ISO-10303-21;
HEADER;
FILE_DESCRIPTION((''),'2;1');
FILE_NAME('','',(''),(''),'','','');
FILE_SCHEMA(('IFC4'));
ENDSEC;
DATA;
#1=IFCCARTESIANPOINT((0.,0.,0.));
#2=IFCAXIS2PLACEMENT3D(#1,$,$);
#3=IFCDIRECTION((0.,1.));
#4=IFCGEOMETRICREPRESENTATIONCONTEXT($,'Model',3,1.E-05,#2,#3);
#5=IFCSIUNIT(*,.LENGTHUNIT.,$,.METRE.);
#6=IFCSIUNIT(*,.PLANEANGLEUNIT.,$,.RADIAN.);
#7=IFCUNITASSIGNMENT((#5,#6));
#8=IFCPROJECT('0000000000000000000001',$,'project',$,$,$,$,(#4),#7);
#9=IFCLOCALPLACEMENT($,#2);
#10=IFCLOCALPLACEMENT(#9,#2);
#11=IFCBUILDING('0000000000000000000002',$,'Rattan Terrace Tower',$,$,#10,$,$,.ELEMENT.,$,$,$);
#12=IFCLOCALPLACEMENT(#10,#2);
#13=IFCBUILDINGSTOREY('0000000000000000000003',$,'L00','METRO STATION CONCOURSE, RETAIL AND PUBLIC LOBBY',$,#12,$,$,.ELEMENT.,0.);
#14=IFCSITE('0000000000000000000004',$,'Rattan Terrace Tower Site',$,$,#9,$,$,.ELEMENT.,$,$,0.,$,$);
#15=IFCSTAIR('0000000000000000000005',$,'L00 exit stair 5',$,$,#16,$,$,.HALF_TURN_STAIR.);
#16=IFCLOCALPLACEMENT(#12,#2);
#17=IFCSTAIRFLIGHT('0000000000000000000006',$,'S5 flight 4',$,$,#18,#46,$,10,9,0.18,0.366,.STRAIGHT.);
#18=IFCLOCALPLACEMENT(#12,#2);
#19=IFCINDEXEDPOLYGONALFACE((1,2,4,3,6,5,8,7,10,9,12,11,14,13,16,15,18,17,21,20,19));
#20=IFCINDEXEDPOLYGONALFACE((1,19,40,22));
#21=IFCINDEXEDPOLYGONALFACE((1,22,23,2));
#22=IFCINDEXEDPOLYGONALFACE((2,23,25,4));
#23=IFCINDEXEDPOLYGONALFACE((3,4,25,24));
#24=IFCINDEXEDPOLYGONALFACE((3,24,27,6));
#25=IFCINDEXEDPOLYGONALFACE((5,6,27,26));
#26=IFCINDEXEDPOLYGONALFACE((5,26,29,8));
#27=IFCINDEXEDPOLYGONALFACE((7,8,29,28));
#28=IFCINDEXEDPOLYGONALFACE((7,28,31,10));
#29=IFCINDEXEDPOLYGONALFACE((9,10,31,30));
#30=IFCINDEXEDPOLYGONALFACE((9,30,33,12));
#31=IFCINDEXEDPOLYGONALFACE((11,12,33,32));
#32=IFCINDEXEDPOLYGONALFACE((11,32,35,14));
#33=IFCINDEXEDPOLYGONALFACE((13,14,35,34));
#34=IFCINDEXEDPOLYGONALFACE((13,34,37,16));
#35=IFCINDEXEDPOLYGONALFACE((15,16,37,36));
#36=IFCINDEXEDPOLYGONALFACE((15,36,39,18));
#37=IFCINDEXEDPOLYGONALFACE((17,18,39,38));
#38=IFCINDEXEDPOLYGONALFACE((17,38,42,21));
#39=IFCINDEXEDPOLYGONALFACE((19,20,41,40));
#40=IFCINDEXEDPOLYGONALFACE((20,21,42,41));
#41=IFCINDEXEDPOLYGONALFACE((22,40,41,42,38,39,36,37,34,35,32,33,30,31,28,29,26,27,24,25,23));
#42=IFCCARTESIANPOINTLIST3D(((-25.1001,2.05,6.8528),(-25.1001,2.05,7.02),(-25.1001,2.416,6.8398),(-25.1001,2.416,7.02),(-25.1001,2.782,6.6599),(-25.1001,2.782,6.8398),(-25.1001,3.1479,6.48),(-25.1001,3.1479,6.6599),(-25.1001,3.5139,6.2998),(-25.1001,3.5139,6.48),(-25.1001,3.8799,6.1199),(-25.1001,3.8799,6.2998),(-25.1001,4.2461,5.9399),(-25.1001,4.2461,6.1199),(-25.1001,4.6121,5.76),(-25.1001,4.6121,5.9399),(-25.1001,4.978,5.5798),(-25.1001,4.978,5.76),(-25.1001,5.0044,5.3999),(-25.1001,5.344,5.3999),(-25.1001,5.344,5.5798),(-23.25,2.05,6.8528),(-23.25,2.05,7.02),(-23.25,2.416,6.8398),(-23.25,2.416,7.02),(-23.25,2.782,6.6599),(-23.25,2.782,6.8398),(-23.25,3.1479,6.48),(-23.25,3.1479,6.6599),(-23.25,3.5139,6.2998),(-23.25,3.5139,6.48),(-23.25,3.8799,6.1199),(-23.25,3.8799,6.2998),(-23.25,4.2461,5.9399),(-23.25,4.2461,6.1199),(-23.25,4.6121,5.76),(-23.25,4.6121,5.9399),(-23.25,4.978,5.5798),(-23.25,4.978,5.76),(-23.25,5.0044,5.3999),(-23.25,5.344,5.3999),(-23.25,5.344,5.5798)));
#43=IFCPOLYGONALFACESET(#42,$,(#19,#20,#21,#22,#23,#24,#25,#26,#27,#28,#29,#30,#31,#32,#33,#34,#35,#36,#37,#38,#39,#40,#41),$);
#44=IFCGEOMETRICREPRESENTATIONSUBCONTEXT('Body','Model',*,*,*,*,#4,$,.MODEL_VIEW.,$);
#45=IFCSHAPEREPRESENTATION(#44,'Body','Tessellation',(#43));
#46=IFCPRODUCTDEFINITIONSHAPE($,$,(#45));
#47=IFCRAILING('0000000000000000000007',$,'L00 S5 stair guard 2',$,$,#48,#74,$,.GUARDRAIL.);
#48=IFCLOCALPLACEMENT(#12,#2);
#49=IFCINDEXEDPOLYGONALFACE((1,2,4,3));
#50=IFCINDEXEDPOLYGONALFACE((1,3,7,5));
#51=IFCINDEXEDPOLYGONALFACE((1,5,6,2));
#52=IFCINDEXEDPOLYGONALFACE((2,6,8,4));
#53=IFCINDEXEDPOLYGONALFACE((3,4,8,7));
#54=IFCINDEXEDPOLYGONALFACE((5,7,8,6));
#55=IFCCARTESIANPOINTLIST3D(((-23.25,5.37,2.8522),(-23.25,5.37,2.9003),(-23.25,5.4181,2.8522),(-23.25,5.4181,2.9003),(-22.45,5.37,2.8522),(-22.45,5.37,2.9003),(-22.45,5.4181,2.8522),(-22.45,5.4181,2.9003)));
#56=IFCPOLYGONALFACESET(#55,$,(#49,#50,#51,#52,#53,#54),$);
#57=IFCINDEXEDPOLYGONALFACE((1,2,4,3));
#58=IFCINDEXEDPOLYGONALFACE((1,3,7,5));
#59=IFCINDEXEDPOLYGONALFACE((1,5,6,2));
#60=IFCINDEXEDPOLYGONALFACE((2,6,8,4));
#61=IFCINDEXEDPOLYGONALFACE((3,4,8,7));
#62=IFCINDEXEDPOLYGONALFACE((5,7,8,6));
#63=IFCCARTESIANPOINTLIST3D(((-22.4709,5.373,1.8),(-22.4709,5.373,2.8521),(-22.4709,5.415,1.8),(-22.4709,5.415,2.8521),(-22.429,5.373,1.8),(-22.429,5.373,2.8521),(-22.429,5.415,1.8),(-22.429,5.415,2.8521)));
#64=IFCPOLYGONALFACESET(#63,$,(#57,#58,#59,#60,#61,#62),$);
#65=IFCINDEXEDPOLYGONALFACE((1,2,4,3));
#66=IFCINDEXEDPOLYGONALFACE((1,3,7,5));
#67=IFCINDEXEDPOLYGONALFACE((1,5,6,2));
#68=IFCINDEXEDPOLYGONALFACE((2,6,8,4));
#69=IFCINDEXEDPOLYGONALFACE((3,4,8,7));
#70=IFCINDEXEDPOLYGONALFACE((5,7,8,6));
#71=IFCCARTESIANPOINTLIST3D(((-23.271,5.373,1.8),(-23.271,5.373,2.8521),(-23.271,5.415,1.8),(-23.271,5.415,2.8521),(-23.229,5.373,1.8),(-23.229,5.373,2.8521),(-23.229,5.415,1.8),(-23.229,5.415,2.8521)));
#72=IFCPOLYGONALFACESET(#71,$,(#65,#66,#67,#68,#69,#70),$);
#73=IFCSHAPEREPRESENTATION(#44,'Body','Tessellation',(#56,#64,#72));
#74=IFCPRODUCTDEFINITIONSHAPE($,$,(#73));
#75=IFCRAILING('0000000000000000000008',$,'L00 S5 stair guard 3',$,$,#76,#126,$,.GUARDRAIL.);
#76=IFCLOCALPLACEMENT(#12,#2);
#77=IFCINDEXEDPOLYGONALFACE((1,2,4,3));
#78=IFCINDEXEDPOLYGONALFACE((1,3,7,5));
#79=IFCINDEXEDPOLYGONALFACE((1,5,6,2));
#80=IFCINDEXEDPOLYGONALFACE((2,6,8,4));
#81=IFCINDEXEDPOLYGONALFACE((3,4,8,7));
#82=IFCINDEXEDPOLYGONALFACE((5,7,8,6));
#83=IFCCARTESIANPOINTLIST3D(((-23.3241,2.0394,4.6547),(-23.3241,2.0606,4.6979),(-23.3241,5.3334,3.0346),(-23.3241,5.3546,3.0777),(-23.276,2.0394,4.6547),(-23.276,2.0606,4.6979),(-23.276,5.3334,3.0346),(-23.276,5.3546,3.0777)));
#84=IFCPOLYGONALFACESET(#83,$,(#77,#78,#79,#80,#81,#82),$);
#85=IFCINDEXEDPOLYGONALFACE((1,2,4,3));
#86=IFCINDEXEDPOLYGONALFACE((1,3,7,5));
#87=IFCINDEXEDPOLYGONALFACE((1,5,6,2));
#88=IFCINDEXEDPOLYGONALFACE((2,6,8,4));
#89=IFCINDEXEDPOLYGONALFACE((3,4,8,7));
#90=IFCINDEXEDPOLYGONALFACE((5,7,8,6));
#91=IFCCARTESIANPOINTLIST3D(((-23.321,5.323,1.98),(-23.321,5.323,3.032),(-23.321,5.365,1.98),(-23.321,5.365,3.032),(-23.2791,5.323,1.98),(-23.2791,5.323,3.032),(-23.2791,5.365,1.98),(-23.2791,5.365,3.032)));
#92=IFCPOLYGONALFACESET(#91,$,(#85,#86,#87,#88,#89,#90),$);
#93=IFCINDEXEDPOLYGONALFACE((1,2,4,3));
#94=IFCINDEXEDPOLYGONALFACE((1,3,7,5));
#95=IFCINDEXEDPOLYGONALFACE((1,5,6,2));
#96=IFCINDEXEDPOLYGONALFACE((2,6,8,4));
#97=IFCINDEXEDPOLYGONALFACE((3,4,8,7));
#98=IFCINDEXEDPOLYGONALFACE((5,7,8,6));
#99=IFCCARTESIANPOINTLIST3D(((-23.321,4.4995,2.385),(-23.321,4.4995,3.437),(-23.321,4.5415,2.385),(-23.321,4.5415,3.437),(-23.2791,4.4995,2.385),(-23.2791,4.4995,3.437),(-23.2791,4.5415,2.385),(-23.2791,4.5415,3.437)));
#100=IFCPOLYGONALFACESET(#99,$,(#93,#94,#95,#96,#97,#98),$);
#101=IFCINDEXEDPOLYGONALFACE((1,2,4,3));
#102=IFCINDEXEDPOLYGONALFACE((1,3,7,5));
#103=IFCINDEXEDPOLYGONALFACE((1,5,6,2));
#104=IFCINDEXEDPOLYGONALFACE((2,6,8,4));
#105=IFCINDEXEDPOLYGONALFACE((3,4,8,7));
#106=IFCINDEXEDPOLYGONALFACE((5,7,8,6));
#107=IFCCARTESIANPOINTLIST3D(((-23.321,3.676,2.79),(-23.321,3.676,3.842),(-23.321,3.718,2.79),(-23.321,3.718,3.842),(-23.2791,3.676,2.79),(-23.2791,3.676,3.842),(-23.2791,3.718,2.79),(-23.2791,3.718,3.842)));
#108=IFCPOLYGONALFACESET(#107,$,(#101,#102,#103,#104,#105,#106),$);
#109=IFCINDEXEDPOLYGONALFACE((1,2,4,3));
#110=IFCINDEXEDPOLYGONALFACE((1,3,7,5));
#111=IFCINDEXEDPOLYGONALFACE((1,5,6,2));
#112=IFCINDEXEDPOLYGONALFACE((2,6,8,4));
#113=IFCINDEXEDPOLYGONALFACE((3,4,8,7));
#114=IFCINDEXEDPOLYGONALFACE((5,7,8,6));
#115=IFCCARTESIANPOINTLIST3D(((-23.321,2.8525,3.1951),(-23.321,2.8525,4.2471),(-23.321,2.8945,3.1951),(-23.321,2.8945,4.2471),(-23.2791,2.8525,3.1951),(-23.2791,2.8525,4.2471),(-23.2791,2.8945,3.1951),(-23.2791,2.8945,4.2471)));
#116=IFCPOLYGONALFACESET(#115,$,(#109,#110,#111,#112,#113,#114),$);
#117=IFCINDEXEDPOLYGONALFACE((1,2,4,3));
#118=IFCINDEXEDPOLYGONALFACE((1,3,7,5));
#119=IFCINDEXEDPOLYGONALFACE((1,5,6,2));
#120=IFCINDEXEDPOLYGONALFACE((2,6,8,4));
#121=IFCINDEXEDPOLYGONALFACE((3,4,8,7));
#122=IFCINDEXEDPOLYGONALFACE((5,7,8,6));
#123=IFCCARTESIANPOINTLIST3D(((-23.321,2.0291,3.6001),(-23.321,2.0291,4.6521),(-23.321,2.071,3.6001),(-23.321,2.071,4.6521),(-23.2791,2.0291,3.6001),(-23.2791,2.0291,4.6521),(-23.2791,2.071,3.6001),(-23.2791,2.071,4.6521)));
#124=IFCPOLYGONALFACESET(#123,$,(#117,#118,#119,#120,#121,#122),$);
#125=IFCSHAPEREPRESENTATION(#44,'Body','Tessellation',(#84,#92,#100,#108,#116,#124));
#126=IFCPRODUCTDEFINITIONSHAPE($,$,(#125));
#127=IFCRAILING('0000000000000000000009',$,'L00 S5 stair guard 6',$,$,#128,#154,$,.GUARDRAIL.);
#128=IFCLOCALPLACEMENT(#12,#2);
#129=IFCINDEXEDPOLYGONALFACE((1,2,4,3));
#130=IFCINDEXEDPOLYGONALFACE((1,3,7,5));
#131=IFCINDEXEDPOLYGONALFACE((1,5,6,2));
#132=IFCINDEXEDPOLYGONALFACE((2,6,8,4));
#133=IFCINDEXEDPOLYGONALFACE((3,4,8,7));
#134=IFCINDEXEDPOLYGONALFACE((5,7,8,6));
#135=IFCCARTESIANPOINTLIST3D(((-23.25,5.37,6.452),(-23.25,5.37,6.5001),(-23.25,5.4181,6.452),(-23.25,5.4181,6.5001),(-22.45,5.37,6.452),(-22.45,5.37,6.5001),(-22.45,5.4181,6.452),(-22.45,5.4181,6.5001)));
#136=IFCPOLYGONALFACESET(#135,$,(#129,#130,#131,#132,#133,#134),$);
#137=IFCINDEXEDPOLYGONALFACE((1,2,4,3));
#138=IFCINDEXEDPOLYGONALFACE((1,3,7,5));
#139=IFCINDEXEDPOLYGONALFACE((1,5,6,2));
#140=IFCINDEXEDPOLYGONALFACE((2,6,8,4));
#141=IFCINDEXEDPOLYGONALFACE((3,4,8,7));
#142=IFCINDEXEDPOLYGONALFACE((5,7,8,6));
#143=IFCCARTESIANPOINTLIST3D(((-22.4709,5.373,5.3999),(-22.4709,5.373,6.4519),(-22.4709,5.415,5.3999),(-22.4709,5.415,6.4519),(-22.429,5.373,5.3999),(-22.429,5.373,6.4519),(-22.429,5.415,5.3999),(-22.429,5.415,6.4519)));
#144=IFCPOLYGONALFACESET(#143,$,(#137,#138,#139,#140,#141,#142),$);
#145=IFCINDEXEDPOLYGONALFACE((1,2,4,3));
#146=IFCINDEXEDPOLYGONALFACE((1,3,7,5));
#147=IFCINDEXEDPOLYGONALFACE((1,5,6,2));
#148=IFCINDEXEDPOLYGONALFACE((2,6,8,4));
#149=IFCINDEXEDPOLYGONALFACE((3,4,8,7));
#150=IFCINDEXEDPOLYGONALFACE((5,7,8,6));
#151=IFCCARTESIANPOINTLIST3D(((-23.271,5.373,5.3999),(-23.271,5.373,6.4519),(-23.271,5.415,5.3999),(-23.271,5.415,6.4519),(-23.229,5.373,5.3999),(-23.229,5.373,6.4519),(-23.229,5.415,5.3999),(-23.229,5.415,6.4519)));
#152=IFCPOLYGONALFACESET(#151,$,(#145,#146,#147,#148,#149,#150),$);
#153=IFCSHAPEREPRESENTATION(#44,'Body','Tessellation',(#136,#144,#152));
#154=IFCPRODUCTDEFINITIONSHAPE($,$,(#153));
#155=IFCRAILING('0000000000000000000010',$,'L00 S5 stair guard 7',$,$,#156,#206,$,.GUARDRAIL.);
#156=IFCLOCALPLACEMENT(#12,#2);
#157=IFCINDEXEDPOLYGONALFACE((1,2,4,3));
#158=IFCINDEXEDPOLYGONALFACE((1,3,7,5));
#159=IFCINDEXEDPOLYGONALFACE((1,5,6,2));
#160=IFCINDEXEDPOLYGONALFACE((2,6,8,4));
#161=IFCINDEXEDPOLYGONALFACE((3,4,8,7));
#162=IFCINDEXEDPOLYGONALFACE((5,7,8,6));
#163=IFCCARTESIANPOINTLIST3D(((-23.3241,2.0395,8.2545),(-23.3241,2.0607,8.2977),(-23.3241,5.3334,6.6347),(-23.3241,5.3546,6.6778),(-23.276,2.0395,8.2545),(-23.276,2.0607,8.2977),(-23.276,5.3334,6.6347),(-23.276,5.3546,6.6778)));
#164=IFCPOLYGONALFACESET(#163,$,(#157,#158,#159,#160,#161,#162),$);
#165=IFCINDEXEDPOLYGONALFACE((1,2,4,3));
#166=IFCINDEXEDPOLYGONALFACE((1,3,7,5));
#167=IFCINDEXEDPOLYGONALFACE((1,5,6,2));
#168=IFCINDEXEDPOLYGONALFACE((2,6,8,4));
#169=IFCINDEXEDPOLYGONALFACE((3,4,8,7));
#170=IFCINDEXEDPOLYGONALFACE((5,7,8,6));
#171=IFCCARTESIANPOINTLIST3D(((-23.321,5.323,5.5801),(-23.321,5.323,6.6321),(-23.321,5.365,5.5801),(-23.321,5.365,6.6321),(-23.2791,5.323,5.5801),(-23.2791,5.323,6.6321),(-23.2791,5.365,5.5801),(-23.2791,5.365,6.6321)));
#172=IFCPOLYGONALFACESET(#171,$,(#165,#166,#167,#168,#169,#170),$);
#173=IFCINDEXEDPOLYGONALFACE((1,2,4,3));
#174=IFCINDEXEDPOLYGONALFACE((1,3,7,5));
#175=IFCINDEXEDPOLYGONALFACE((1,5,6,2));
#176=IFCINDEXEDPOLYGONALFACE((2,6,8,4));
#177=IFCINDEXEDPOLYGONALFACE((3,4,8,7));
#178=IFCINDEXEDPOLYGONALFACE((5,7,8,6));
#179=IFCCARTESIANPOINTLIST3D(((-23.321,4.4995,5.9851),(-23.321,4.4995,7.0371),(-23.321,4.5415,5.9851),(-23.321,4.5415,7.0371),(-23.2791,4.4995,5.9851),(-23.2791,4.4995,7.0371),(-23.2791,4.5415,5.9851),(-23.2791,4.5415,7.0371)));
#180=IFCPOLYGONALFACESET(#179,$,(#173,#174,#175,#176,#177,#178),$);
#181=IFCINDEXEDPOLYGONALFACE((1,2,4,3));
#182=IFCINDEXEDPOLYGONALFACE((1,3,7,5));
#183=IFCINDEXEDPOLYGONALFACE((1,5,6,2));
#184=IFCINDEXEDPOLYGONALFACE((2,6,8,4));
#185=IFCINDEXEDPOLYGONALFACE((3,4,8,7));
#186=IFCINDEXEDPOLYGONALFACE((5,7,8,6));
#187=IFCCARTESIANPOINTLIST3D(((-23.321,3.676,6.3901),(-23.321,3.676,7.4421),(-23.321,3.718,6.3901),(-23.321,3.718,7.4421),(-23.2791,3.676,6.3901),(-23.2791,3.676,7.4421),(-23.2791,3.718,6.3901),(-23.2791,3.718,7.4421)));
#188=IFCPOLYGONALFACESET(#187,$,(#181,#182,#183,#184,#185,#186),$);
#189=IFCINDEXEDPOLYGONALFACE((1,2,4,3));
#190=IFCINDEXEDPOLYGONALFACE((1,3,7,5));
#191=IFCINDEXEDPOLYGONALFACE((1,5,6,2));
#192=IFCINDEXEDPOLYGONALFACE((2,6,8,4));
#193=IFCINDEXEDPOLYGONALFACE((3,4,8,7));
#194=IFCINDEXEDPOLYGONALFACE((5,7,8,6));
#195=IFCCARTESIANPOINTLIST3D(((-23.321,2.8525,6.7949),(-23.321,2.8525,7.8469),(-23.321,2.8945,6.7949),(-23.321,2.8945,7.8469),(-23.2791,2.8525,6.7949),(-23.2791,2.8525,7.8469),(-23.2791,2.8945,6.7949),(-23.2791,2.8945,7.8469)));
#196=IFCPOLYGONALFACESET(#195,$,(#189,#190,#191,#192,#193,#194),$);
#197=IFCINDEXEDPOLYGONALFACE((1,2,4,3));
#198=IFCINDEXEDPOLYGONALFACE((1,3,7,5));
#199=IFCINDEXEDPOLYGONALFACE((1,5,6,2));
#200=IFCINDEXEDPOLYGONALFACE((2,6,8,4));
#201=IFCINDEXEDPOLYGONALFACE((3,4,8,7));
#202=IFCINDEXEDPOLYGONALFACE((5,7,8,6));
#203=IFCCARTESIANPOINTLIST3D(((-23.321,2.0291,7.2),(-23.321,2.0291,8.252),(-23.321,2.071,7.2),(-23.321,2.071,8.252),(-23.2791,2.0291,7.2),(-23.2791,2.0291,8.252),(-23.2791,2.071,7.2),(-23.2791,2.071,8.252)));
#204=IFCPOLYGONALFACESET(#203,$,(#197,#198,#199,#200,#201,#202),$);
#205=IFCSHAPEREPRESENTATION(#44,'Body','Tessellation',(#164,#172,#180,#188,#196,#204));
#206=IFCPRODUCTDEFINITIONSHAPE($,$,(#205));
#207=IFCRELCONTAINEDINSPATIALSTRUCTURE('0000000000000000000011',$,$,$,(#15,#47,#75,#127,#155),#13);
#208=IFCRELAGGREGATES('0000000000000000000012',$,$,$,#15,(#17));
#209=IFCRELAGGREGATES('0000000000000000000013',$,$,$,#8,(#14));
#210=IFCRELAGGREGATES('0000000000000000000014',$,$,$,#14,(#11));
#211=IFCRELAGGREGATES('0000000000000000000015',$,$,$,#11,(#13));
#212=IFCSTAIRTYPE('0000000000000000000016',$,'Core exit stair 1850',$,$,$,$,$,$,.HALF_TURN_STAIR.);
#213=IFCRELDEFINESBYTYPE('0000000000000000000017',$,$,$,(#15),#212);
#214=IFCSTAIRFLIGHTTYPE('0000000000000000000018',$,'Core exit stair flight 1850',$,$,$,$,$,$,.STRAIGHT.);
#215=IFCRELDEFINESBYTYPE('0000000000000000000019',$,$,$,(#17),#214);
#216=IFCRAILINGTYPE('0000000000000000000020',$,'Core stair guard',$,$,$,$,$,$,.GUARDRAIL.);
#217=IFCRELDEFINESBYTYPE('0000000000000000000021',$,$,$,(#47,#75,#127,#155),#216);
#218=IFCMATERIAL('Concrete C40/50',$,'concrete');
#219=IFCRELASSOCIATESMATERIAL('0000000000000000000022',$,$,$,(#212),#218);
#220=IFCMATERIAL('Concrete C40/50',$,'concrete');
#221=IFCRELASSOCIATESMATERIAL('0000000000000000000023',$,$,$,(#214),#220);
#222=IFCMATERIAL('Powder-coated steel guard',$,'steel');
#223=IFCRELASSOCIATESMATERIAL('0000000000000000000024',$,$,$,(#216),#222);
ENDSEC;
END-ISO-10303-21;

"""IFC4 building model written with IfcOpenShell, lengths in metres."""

from ifc_helpers import new_model, si_unit, direction, frame, origin, origin_2d, place, context, subcontext, project, spatial, polyline, rectangle, outline, extrude, material, type_object, element, aggregate, save


model = new_model("IFC4")

# Units and contexts
model_context = context("Model", 3, precision=1e-05, world=origin(), true_north=direction((0.0, 1.0)))
body_context = subcontext(model_context, "Body", "Model", "MODEL_VIEW")
ifc_project = project(units=[si_unit("LENGTHUNIT", "METRE"), si_unit("PLANEANGLEUNIT", "RADIAN")], contexts=[model_context])

# Site, building, storey
site_placement = place(None, origin())
site = spatial("IfcSite", under=ifc_project, at=site_placement, Name="Rattan Terrace Tower Site", CompositionType="ELEMENT", RefElevation=0.0)
building_placement = place(site_placement, origin())
building = spatial("IfcBuilding", under=site, at=building_placement, Name="Rattan Terrace Tower", CompositionType="ELEMENT")
storey_placement = place(building_placement, origin())
storey = spatial("IfcBuildingStorey", under=building, at=storey_placement, Name="L00", Description="METRO STATION CONCOURSE, RETAIL AND PUBLIC LOBBY", CompositionType="ELEMENT", Elevation=0.0)

# Stair, stair flight
ifc_material_1 = material(Name="Concrete C40/50", Category="concrete")
stair_type_1 = type_object("IfcStairType", Name="Core exit stair 1850", PredefinedType="HALF_TURN_STAIR", material=ifc_material_1)
stair_1_placement = place(storey_placement, origin())
stair_1 = element("IfcStair", 1, at=stair_1_placement, inside=storey, type_object=stair_type_1, Name="L00 exit stair 5", PredefinedType="HALF_TURN_STAIR")
ifc_material_2 = material(Name="Concrete C40/50", Category="concrete")
stair_flight_type_1 = type_object("IfcStairFlightType", Name="Core exit stair flight 1850", PredefinedType="STRAIGHT", material=ifc_material_2)
stair_flight_1_placement = place(storey_placement, frame((-24.175, 5.344, 5.3999), z_axis=(0.0, 0.0, 1.0), x_axis=(0.0, -1.0, 0.0)))
stair_flight_1 = element("IfcStairFlight", 2, at=stair_flight_1_placement, type_object=stair_flight_type_1, Name="S5 flight 4", NumberOfRisers=10, NumberOfTreads=9, PredefinedType="STRAIGHT", RiserHeight=0.18, TreadLength=0.366, context=body_context, shape_type="SweptSolid", body=[
    extrude(outline(polyline([(0.0, 0.0), (0.0, 0.1799), (0.366, 0.1799), (0.366, 0.3601), (0.7319, 0.3601), (0.7319, 0.54), (1.0979, 0.54), (1.0979, 0.72), (1.4641, 0.72), (1.4641, 0.8999), (1.8301, 0.8999), (1.8301, 1.0801), (2.196, 1.0801), (2.196, 1.26), (2.562, 1.26), (2.562, 1.4399), (2.928, 1.4399), (2.928, 1.6201), (3.2939, 1.6201), (3.2939, 1.8), (3.2939, 1.4529), (0.3396, 0.0), (0.0, 0.0)])), frame((0.0, 0.925, 0.0), z_axis=(0.0, -1.0, 0.0), x_axis=(1.0, 0.0, 0.0)), (0.0, 0.0, 1.0), 1.8501),
])
aggregate(stair_1, [stair_flight_1])

# Railings
ifc_material_3 = material(Name="Powder-coated steel guard", Category="steel")
railing_type_1 = type_object("IfcRailingType", Name="Core stair guard", PredefinedType="GUARDRAIL", material=ifc_material_3)
railing_1_placement = place(storey_placement, frame((-22.45, 5.394, 1.8)))
element("IfcRailing", 3, at=railing_1_placement, inside=storey, type_object=railing_type_1, Name="L00 S5 stair guard 2", PredefinedType="GUARDRAIL", context=body_context, shape_type="SweptSolid", body=[
    extrude(rectangle(XDim=0.0481, YDim=0.0481, at=origin_2d()), frame((0.0, 0.0, 1.0762), z_axis=(-1.0, 0.0, 0.0), x_axis=(0.0, -1.0, 0.0)), (0.0, 0.0, 1.0), 0.8),
    extrude(rectangle(XDim=0.042, YDim=0.042, at=origin_2d()), origin(), (0.0, 0.0, 1.0), 1.052),
    extrude(rectangle(XDim=0.042, YDim=0.042, at=origin_2d()), frame((-0.8, 0.0, 0.0)), (0.0, 0.0, 1.0), 1.052),
])
railing_2_placement = place(storey_placement, frame((-23.3, 5.344, 1.98)))
element("IfcRailing", 4, at=railing_2_placement, inside=storey, type_object=railing_type_1, Name="L00 S5 stair guard 3", PredefinedType="GUARDRAIL", context=body_context, shape_type="SweptSolid", body=[
    extrude(rectangle(XDim=0.0481, YDim=0.0481, at=origin_2d()), frame((0.0, 0.0, 1.0762), z_axis=(0.0, -0.897334, 0.441351), x_axis=(1.0, 0.0, 0.0)), (0.0, 0.0, 1.0), 3.6709),
    extrude(rectangle(XDim=0.042, YDim=0.042, at=origin_2d()), origin(), (0.0, 0.0, 1.0), 1.052),
    extrude(rectangle(XDim=0.042, YDim=0.042, at=origin_2d()), frame((0.0, -0.8235, 0.405)), (0.0, 0.0, 1.0), 1.052),
    extrude(rectangle(XDim=0.042, YDim=0.042, at=origin_2d()), frame((0.0, -1.647, 0.8101)), (0.0, 0.0, 1.0), 1.052),
    extrude(rectangle(XDim=0.042, YDim=0.042, at=origin_2d()), frame((0.0, -2.4705, 1.2151)), (0.0, 0.0, 1.0), 1.052),
    extrude(rectangle(XDim=0.042, YDim=0.042, at=origin_2d()), frame((0.0, -3.2939, 1.6201)), (0.0, 0.0, 1.0), 1.052),
])
railing_3_placement = place(storey_placement, frame((-22.45, 5.394, 5.3999)))
element("IfcRailing", 5, at=railing_3_placement, inside=storey, type_object=railing_type_1, Name="L00 S5 stair guard 6", PredefinedType="GUARDRAIL", context=body_context, shape_type="SweptSolid", body=[
    extrude(rectangle(XDim=0.0481, YDim=0.0481, at=origin_2d()), frame((0.0, 0.0, 1.0762), z_axis=(-1.0, 0.0, 0.0), x_axis=(0.0, -1.0, 0.0)), (0.0, 0.0, 1.0), 0.8),
    extrude(rectangle(XDim=0.042, YDim=0.042, at=origin_2d()), origin(), (0.0, 0.0, 1.0), 1.052),
    extrude(rectangle(XDim=0.042, YDim=0.042, at=origin_2d()), frame((-0.8, 0.0, 0.0)), (0.0, 0.0, 1.0), 1.052),
])
railing_4_placement = place(storey_placement, frame((-23.3, 5.344, 5.5801)))
element("IfcRailing", 6, at=railing_4_placement, inside=storey, type_object=railing_type_1, Name="L00 S5 stair guard 7", PredefinedType="GUARDRAIL", context=body_context, shape_type="SweptSolid", body=[
    extrude(rectangle(XDim=0.0481, YDim=0.0481, at=origin_2d()), frame((0.0, 0.0, 1.0762), z_axis=(0.0, -0.897361, 0.441298), x_axis=(1.0, 0.0, 0.0)), (0.0, 0.0, 1.0), 3.6707),
    extrude(rectangle(XDim=0.042, YDim=0.042, at=origin_2d()), origin(), (0.0, 0.0, 1.0), 1.052),
    extrude(rectangle(XDim=0.042, YDim=0.042, at=origin_2d()), frame((0.0, -0.8235, 0.405)), (0.0, 0.0, 1.0), 1.052),
    extrude(rectangle(XDim=0.042, YDim=0.042, at=origin_2d()), frame((0.0, -1.647, 0.8101)), (0.0, 0.0, 1.0), 1.052),
    extrude(rectangle(XDim=0.042, YDim=0.042, at=origin_2d()), frame((0.0, -2.4705, 1.2148)), (0.0, 0.0, 1.0), 1.052),
    extrude(rectangle(XDim=0.042, YDim=0.042, at=origin_2d()), frame((0.0, -3.2939, 1.6199)), (0.0, 0.0, 1.0), 1.052),
])

save(model, "model.ifc")
